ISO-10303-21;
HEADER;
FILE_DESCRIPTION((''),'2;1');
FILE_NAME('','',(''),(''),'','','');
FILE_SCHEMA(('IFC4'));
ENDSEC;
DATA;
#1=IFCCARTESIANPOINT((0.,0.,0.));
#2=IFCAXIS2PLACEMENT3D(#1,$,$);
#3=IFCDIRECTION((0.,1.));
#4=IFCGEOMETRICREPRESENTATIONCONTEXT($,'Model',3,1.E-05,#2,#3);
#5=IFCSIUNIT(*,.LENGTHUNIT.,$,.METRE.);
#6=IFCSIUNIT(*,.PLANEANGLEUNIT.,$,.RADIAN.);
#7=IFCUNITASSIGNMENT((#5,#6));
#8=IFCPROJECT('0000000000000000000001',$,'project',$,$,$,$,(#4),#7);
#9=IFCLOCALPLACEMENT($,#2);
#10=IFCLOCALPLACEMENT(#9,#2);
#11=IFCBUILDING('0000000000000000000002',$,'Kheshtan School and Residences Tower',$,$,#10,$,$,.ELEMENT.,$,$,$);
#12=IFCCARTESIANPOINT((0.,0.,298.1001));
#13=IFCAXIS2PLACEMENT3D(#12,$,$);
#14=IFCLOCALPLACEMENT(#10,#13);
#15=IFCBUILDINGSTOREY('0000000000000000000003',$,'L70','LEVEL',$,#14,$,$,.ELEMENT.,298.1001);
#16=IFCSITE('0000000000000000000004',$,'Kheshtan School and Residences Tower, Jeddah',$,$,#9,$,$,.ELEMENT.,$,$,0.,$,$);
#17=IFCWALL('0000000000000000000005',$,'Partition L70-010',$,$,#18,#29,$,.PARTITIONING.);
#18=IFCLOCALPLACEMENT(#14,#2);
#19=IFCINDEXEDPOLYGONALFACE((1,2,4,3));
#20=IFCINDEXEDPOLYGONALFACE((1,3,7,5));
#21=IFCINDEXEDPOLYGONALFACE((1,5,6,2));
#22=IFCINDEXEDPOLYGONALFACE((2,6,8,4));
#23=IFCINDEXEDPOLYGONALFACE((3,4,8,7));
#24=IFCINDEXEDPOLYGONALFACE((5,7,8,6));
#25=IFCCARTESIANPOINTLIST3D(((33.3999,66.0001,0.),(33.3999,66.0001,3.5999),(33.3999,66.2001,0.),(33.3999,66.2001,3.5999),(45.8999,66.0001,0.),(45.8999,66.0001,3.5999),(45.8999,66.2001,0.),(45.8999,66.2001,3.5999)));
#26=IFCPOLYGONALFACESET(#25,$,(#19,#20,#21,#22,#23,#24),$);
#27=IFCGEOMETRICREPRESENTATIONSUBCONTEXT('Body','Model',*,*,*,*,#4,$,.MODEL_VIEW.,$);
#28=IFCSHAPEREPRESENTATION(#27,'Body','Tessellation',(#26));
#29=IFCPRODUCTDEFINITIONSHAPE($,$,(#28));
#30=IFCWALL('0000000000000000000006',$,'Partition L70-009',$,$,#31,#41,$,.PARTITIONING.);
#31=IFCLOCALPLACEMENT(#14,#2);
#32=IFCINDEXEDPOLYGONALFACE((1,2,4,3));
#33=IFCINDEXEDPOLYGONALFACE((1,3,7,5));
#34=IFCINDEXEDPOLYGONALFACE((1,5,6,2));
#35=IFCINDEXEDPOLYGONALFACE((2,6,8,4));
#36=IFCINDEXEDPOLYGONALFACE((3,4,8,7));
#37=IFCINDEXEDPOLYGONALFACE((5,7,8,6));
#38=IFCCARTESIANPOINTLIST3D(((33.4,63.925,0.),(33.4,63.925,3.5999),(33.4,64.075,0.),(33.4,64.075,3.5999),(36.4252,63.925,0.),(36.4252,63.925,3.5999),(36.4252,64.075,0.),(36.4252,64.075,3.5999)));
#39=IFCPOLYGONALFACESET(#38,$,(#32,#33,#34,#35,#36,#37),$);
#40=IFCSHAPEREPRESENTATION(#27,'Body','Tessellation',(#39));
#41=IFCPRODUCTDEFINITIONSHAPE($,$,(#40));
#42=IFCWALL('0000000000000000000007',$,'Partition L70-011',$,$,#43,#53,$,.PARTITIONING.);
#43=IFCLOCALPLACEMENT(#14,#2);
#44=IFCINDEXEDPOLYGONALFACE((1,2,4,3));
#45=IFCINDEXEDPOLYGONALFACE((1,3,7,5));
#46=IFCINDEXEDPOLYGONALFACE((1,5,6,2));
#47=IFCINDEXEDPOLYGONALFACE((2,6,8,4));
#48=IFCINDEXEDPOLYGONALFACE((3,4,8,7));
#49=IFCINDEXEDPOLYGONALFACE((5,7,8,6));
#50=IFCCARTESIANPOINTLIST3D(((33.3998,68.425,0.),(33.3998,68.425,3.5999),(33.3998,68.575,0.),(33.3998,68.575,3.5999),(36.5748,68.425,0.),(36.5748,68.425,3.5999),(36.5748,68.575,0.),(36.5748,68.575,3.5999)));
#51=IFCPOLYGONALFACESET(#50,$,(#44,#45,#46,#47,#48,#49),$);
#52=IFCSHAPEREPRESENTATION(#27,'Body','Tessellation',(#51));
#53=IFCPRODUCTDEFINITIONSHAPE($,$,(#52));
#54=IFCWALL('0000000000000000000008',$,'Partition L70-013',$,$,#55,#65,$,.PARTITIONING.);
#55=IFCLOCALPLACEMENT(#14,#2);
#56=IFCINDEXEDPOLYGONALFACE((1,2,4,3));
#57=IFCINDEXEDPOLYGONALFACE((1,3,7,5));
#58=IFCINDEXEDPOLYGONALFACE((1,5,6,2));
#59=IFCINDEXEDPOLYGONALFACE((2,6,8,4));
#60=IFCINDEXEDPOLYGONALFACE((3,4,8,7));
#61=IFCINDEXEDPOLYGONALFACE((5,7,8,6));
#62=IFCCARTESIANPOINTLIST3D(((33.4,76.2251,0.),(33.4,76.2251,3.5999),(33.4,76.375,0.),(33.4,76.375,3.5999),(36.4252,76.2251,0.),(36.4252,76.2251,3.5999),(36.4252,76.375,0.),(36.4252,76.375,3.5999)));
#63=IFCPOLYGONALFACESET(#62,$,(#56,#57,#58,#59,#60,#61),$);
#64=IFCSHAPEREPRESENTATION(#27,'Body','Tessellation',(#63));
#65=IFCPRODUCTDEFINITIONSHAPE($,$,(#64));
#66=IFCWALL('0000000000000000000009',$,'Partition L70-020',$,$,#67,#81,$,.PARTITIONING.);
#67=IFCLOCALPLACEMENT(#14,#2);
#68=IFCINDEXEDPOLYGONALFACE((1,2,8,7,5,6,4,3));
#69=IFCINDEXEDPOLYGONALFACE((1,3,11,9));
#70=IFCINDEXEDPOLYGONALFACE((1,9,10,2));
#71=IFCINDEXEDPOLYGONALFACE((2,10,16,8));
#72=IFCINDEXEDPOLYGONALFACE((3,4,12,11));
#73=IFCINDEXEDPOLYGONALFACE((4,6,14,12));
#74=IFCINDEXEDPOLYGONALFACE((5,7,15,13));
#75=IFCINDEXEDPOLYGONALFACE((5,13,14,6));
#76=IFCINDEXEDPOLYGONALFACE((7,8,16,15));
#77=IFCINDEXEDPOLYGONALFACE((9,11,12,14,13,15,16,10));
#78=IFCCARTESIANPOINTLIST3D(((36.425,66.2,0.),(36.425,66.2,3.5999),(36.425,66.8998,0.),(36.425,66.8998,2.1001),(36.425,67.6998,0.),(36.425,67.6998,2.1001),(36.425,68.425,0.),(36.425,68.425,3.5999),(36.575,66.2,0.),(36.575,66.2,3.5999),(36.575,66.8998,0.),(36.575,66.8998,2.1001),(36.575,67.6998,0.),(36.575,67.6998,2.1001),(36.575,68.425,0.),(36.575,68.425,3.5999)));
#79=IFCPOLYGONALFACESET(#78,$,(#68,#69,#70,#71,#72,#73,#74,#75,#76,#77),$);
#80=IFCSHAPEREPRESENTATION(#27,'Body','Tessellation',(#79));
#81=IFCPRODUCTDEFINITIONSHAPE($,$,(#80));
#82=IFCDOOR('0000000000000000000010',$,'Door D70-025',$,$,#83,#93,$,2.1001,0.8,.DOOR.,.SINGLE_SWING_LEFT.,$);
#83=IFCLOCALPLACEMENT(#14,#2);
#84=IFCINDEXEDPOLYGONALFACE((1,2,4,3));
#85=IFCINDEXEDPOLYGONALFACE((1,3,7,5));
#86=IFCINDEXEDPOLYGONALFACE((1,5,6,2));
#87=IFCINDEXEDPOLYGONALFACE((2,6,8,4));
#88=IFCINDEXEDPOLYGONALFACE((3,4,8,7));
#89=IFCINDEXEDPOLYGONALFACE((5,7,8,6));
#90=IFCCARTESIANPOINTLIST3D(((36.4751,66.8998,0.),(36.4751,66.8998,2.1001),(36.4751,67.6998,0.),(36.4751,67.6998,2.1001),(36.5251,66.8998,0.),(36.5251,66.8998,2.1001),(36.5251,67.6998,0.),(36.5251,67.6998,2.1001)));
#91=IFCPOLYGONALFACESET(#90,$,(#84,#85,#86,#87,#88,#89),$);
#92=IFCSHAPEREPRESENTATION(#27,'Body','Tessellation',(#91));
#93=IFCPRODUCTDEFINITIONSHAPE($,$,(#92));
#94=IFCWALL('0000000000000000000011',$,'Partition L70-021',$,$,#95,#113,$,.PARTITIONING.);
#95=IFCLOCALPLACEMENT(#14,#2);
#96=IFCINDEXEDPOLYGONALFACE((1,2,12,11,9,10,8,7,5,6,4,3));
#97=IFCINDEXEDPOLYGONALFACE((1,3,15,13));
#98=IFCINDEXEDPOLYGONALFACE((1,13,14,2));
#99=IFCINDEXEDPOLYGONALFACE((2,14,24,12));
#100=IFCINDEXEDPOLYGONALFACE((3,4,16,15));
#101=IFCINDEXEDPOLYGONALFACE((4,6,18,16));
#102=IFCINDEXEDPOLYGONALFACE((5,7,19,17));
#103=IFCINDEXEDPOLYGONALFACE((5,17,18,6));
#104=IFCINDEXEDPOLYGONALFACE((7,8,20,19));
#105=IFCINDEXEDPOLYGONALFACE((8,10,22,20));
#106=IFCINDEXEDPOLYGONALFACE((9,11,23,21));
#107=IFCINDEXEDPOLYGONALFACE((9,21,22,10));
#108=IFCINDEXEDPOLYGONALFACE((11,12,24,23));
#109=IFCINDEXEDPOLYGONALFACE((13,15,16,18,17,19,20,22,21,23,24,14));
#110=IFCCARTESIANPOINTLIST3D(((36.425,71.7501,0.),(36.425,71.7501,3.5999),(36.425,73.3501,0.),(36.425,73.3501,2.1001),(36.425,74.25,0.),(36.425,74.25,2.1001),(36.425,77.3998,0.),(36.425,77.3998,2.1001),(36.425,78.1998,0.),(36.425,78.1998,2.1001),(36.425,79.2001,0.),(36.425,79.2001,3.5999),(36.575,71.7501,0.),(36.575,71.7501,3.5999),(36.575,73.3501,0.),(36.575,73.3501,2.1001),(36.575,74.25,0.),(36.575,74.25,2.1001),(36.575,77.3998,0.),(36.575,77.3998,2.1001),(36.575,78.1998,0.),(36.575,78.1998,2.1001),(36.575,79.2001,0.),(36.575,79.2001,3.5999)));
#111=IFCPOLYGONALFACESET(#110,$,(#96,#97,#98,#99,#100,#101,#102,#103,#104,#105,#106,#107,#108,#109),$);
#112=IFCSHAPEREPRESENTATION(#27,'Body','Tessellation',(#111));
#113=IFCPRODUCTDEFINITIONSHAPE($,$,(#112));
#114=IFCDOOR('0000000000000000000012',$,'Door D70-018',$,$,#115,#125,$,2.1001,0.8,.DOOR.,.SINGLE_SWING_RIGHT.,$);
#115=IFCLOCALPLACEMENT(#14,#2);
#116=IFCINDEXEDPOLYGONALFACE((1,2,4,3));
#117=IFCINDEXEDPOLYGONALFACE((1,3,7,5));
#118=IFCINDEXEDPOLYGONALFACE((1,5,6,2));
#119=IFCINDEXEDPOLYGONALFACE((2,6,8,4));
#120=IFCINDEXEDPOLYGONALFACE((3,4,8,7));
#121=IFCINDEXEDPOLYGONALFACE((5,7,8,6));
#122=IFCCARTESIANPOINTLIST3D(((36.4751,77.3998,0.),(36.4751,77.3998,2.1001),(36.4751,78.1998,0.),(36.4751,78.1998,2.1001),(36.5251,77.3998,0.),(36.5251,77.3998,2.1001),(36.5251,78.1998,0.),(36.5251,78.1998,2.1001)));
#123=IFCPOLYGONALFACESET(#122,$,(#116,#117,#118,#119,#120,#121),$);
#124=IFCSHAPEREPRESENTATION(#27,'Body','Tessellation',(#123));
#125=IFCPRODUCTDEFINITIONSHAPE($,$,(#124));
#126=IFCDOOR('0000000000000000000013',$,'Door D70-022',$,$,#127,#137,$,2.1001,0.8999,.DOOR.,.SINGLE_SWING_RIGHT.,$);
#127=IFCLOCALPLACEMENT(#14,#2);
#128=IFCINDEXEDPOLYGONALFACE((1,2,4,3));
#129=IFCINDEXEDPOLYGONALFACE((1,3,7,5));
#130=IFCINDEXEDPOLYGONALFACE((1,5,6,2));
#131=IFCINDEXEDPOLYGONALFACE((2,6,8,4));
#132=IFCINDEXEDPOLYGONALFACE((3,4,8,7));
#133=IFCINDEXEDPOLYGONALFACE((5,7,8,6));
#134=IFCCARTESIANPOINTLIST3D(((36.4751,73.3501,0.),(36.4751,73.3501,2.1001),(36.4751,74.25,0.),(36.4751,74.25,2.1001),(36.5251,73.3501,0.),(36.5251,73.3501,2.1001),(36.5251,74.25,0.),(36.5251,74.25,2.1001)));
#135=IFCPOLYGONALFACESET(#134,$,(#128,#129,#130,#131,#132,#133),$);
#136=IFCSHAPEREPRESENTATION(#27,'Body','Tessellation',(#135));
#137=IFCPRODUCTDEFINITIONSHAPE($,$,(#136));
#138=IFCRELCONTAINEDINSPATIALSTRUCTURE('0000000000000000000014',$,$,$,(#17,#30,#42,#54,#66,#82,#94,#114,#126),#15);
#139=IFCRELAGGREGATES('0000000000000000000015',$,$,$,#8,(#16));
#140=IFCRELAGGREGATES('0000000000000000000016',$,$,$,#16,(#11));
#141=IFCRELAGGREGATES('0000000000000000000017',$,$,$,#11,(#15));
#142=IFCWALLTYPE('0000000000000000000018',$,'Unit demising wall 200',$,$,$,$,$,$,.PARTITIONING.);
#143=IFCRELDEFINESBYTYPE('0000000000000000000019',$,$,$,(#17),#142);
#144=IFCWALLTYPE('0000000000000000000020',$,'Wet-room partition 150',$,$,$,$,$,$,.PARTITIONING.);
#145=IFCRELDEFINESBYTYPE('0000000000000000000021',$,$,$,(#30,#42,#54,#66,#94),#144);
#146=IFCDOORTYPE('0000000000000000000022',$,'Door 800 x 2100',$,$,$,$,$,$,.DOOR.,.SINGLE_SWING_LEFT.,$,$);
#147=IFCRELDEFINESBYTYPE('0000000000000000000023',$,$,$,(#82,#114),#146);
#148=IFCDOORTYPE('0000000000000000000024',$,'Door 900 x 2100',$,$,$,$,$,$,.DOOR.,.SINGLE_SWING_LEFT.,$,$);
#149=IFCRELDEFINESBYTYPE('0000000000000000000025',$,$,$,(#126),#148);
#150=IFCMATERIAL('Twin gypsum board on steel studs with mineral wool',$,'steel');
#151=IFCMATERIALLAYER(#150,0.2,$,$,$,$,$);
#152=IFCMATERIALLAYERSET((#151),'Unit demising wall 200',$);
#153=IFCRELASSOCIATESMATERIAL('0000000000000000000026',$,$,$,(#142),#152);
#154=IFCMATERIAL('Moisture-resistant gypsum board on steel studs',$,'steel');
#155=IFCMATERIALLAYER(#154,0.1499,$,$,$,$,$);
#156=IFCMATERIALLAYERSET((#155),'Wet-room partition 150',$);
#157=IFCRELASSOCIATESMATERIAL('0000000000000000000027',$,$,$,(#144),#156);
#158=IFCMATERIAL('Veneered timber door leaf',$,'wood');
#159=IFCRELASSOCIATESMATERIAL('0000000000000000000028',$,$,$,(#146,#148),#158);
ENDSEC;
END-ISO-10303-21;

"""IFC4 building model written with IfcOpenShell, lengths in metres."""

from ifc_helpers import new_model, si_unit, direction, frame, frame_2d, origin, place, context, subcontext, project, spatial, rectangle, extrude, source, transform, mapped, material, layer, layer_set, type_object, element, fill, save


model = new_model("IFC4")

# Units and contexts
model_context = context("Model", 3, precision=1e-05, world=origin(), true_north=direction((0.0, 1.0)))
body_context = subcontext(model_context, "Body", "Model", "MODEL_VIEW")
ifc_project = project(units=[si_unit("LENGTHUNIT", "METRE"), si_unit("PLANEANGLEUNIT", "RADIAN")], contexts=[model_context])

# Site, building, storey
site_placement = place(None, origin())
site = spatial("IfcSite", under=ifc_project, at=site_placement, Name="Kheshtan School and Residences Tower, Jeddah", CompositionType="ELEMENT", RefElevation=0.0)
building_placement = place(site_placement, origin())
building = spatial("IfcBuilding", under=site, at=building_placement, Name="Kheshtan School and Residences Tower", CompositionType="ELEMENT")
storey_placement = place(building_placement, frame((0.0, 0.0, 298.1001)))
storey = spatial("IfcBuildingStorey", under=building, at=storey_placement, Name="L70", Description="LEVEL", CompositionType="ELEMENT", Elevation=298.1001)

# Walls
ifc_material_1 = material(Name="Twin gypsum board on steel studs with mineral wool", Category="steel")
ifc_layer_1 = layer(ifc_material_1, 0.2)
ifc_layer_set_1 = layer_set([ifc_layer_1], Name="Unit demising wall 200")
wall_type_1 = type_object("IfcWallType", Name="Unit demising wall 200", PredefinedType="PARTITIONING", material=ifc_layer_set_1)
wall_1_placement = place(storey_placement, frame((33.3999, 66.1001, 0.0), z_axis=(0.0, 0.0, 1.0), x_axis=(1.0, 0.0, 0.0)))
element("IfcWall", 1, at=wall_1_placement, inside=storey, type_object=wall_type_1, Name="Partition L70-010", PredefinedType="PARTITIONING", context=body_context, shape_type="SweptSolid", body=[
    extrude(rectangle(XDim=12.5, YDim=0.2, at=frame_2d((6.25, 0.0))), origin(), (0.0, 0.0, 1.0), 3.5999),
])
ifc_material_2 = material(Name="Moisture-resistant gypsum board on steel studs", Category="steel")
ifc_layer_2 = layer(ifc_material_2, 0.1499)
ifc_layer_set_2 = layer_set([ifc_layer_2], Name="Wet-room partition 150")
wall_type_2 = type_object("IfcWallType", Name="Wet-room partition 150", PredefinedType="PARTITIONING", material=ifc_layer_set_2)
wall_2_placement = place(storey_placement, frame((33.3999, 64.0, 0.0), z_axis=(0.0, 0.0, 1.0), x_axis=(1.0, 0.0, 0.0)))
element("IfcWall", 2, at=wall_2_placement, inside=storey, type_object=wall_type_2, Name="Partition L70-009", PredefinedType="PARTITIONING", context=body_context, shape_type="SweptSolid", body=[
    extrude(rectangle(XDim=3.0251, YDim=0.1499, at=frame_2d((1.5127, 0.0))), origin(), (0.0, 0.0, 1.0), 3.5999),
])
wall_3_placement = place(storey_placement, frame((33.3999, 68.5, 0.0), z_axis=(0.0, 0.0, 1.0), x_axis=(1.0, 0.0, 0.0)))
element("IfcWall", 3, at=wall_3_placement, inside=storey, type_object=wall_type_2, Name="Partition L70-011", PredefinedType="PARTITIONING", context=body_context, shape_type="SweptSolid", body=[
    extrude(rectangle(XDim=3.175, YDim=0.1499, at=frame_2d((1.5874, 0.0))), origin(), (0.0, 0.0, 1.0), 3.5999),
])
wall_4_placement = place(storey_placement, frame((33.3999, 76.3, 0.0), z_axis=(0.0, 0.0, 1.0), x_axis=(1.0, 0.0, 0.0)))
element("IfcWall", 4, at=wall_4_placement, inside=storey, type_object=wall_type_2, Name="Partition L70-013", PredefinedType="PARTITIONING", context=body_context, shape_type="SweptSolid", body=[
    extrude(rectangle(XDim=3.0251, YDim=0.1499, at=frame_2d((1.5127, 0.0))), origin(), (0.0, 0.0, 1.0), 3.5999),
])

# Wall, opening, door
wall_5_placement = place(storey_placement, frame((36.5, 66.2, 0.0), z_axis=(0.0, 0.0, 1.0), x_axis=(0.0, 1.0, 0.0)))
wall_5 = element("IfcWall", 5, at=wall_5_placement, inside=storey, type_object=wall_type_2, Name="Partition L70-020", PredefinedType="PARTITIONING", context=body_context, shape_type="SweptSolid", body=[
    extrude(rectangle(XDim=2.2251, YDim=0.1499, at=frame_2d((1.1125, 0.0))), origin(), (0.0, 0.0, 1.0), 3.5999),
])
opening_1_placement = place(wall_5_placement, frame((0.7, 0.0, 0.0)))
opening_1 = element("IfcOpeningElement", 6, at=opening_1_placement, cuts=wall_5, PredefinedType="OPENING", context=body_context, shape_type="SweptSolid", body=[
    extrude(rectangle(XDim=0.8, YDim=2.1001, at=frame_2d((0.3999, 1.05))), frame((0.0, 0.085, 0.0), z_axis=(0.0, -1.0, 0.0), x_axis=(1.0, 0.0, 0.0)), (0.0, 0.0, 1.0), 0.1699),
])
ifc_material_3 = material(Name="Veneered timber door leaf", Category="wood")
door_type_1 = type_object("IfcDoorType", Name="Door 800 x 2100", OperationType="SINGLE_SWING_LEFT", PredefinedType="DOOR", material=ifc_material_3)
shared_shape_1 = source(origin(), body_context, "Body", "SweptSolid", [
    extrude(rectangle(XDim=0.8, YDim=2.1001, at=frame_2d((0.3999, 1.05))), frame((0.0, 0.0249, 0.0), z_axis=(0.0, -1.0, 0.0), x_axis=(1.0, 0.0, 0.0)), (0.0, 0.0, 1.0), 0.05),
])
door_1_placement = place(opening_1_placement, origin())
door_1 = element("IfcDoor", 7, at=door_1_placement, inside=storey, type_object=door_type_1, Name="Door D70-025", OperationType="SINGLE_SWING_LEFT", OverallHeight=2.1001, OverallWidth=0.8, PredefinedType="DOOR", context=body_context, shape_type="MappedRepresentation", body=[
    mapped(shared_shape_1, transform((0.0, 0.0, 0.0), x_axis=(1.0, 0.0, 0.0), y_axis=(0.0, 1.0, 0.0), z_axis=(0.0, 0.0, 1.0), scale=1.0)),
])
fill(opening_1, door_1)

# Wall, openings, doors
wall_6_placement = place(storey_placement, frame((36.5, 71.75, 0.0), z_axis=(0.0, 0.0, 1.0), x_axis=(0.0, 1.0, 0.0)))
wall_6 = element("IfcWall", 8, at=wall_6_placement, inside=storey, type_object=wall_type_2, Name="Partition L70-021", PredefinedType="PARTITIONING", context=body_context, shape_type="SweptSolid", body=[
    extrude(rectangle(XDim=7.45, YDim=0.1499, at=frame_2d((3.7251, 0.0))), origin(), (0.0, 0.0, 1.0), 3.5999),
])
opening_2_placement = place(wall_6_placement, frame((5.6499, 0.0, 0.0)))
opening_2 = element("IfcOpeningElement", 9, at=opening_2_placement, cuts=wall_6, PredefinedType="OPENING", context=body_context, shape_type="SweptSolid", body=[
    extrude(rectangle(XDim=0.8, YDim=2.1001, at=frame_2d((0.3999, 1.05))), frame((0.0, 0.085, 0.0), z_axis=(0.0, -1.0, 0.0), x_axis=(1.0, 0.0, 0.0)), (0.0, 0.0, 1.0), 0.1699),
])
opening_3_placement = place(wall_6_placement, frame((1.6001, 0.0, 0.0)))
opening_3 = element("IfcOpeningElement", 10, at=opening_3_placement, cuts=wall_6, PredefinedType="OPENING", context=body_context, shape_type="SweptSolid", body=[
    extrude(rectangle(XDim=0.8999, YDim=2.1001, at=frame_2d((0.45, 1.05))), frame((0.0, 0.085, 0.0), z_axis=(0.0, -1.0, 0.0), x_axis=(1.0, 0.0, 0.0)), (0.0, 0.0, 1.0), 0.1699),
])
door_2_placement = place(opening_2_placement, origin())
door_2 = element("IfcDoor", 11, at=door_2_placement, inside=storey, type_object=door_type_1, Name="Door D70-018", OperationType="SINGLE_SWING_RIGHT", OverallHeight=2.1001, OverallWidth=0.8, PredefinedType="DOOR", context=body_context, shape_type="MappedRepresentation", body=[
    mapped(shared_shape_1, transform((0.0, 0.0, 0.0), x_axis=(1.0, 0.0, 0.0), y_axis=(0.0, 1.0, 0.0), z_axis=(0.0, 0.0, 1.0), scale=1.0)),
])
fill(opening_2, door_2)
door_type_2 = type_object("IfcDoorType", Name="Door 900 x 2100", OperationType="SINGLE_SWING_LEFT", PredefinedType="DOOR", material=ifc_material_3)
shared_shape_2 = source(origin(), body_context, "Body", "SweptSolid", [
    extrude(rectangle(XDim=0.8999, YDim=2.1001, at=frame_2d((0.45, 1.05))), frame((0.0, 0.0249, 0.0), z_axis=(0.0, -1.0, 0.0), x_axis=(1.0, 0.0, 0.0)), (0.0, 0.0, 1.0), 0.05),
])
door_3_placement = place(opening_3_placement, origin())
door_3 = element("IfcDoor", 12, at=door_3_placement, inside=storey, type_object=door_type_2, Name="Door D70-022", OperationType="SINGLE_SWING_RIGHT", OverallHeight=2.1001, OverallWidth=0.8999, PredefinedType="DOOR", context=body_context, shape_type="MappedRepresentation", body=[
    mapped(shared_shape_2, transform((0.0, 0.0, 0.0), x_axis=(1.0, 0.0, 0.0), y_axis=(0.0, 1.0, 0.0), z_axis=(0.0, 0.0, 1.0), scale=1.0)),
])
fill(opening_3, door_3)

save(model, "model.ifc")
